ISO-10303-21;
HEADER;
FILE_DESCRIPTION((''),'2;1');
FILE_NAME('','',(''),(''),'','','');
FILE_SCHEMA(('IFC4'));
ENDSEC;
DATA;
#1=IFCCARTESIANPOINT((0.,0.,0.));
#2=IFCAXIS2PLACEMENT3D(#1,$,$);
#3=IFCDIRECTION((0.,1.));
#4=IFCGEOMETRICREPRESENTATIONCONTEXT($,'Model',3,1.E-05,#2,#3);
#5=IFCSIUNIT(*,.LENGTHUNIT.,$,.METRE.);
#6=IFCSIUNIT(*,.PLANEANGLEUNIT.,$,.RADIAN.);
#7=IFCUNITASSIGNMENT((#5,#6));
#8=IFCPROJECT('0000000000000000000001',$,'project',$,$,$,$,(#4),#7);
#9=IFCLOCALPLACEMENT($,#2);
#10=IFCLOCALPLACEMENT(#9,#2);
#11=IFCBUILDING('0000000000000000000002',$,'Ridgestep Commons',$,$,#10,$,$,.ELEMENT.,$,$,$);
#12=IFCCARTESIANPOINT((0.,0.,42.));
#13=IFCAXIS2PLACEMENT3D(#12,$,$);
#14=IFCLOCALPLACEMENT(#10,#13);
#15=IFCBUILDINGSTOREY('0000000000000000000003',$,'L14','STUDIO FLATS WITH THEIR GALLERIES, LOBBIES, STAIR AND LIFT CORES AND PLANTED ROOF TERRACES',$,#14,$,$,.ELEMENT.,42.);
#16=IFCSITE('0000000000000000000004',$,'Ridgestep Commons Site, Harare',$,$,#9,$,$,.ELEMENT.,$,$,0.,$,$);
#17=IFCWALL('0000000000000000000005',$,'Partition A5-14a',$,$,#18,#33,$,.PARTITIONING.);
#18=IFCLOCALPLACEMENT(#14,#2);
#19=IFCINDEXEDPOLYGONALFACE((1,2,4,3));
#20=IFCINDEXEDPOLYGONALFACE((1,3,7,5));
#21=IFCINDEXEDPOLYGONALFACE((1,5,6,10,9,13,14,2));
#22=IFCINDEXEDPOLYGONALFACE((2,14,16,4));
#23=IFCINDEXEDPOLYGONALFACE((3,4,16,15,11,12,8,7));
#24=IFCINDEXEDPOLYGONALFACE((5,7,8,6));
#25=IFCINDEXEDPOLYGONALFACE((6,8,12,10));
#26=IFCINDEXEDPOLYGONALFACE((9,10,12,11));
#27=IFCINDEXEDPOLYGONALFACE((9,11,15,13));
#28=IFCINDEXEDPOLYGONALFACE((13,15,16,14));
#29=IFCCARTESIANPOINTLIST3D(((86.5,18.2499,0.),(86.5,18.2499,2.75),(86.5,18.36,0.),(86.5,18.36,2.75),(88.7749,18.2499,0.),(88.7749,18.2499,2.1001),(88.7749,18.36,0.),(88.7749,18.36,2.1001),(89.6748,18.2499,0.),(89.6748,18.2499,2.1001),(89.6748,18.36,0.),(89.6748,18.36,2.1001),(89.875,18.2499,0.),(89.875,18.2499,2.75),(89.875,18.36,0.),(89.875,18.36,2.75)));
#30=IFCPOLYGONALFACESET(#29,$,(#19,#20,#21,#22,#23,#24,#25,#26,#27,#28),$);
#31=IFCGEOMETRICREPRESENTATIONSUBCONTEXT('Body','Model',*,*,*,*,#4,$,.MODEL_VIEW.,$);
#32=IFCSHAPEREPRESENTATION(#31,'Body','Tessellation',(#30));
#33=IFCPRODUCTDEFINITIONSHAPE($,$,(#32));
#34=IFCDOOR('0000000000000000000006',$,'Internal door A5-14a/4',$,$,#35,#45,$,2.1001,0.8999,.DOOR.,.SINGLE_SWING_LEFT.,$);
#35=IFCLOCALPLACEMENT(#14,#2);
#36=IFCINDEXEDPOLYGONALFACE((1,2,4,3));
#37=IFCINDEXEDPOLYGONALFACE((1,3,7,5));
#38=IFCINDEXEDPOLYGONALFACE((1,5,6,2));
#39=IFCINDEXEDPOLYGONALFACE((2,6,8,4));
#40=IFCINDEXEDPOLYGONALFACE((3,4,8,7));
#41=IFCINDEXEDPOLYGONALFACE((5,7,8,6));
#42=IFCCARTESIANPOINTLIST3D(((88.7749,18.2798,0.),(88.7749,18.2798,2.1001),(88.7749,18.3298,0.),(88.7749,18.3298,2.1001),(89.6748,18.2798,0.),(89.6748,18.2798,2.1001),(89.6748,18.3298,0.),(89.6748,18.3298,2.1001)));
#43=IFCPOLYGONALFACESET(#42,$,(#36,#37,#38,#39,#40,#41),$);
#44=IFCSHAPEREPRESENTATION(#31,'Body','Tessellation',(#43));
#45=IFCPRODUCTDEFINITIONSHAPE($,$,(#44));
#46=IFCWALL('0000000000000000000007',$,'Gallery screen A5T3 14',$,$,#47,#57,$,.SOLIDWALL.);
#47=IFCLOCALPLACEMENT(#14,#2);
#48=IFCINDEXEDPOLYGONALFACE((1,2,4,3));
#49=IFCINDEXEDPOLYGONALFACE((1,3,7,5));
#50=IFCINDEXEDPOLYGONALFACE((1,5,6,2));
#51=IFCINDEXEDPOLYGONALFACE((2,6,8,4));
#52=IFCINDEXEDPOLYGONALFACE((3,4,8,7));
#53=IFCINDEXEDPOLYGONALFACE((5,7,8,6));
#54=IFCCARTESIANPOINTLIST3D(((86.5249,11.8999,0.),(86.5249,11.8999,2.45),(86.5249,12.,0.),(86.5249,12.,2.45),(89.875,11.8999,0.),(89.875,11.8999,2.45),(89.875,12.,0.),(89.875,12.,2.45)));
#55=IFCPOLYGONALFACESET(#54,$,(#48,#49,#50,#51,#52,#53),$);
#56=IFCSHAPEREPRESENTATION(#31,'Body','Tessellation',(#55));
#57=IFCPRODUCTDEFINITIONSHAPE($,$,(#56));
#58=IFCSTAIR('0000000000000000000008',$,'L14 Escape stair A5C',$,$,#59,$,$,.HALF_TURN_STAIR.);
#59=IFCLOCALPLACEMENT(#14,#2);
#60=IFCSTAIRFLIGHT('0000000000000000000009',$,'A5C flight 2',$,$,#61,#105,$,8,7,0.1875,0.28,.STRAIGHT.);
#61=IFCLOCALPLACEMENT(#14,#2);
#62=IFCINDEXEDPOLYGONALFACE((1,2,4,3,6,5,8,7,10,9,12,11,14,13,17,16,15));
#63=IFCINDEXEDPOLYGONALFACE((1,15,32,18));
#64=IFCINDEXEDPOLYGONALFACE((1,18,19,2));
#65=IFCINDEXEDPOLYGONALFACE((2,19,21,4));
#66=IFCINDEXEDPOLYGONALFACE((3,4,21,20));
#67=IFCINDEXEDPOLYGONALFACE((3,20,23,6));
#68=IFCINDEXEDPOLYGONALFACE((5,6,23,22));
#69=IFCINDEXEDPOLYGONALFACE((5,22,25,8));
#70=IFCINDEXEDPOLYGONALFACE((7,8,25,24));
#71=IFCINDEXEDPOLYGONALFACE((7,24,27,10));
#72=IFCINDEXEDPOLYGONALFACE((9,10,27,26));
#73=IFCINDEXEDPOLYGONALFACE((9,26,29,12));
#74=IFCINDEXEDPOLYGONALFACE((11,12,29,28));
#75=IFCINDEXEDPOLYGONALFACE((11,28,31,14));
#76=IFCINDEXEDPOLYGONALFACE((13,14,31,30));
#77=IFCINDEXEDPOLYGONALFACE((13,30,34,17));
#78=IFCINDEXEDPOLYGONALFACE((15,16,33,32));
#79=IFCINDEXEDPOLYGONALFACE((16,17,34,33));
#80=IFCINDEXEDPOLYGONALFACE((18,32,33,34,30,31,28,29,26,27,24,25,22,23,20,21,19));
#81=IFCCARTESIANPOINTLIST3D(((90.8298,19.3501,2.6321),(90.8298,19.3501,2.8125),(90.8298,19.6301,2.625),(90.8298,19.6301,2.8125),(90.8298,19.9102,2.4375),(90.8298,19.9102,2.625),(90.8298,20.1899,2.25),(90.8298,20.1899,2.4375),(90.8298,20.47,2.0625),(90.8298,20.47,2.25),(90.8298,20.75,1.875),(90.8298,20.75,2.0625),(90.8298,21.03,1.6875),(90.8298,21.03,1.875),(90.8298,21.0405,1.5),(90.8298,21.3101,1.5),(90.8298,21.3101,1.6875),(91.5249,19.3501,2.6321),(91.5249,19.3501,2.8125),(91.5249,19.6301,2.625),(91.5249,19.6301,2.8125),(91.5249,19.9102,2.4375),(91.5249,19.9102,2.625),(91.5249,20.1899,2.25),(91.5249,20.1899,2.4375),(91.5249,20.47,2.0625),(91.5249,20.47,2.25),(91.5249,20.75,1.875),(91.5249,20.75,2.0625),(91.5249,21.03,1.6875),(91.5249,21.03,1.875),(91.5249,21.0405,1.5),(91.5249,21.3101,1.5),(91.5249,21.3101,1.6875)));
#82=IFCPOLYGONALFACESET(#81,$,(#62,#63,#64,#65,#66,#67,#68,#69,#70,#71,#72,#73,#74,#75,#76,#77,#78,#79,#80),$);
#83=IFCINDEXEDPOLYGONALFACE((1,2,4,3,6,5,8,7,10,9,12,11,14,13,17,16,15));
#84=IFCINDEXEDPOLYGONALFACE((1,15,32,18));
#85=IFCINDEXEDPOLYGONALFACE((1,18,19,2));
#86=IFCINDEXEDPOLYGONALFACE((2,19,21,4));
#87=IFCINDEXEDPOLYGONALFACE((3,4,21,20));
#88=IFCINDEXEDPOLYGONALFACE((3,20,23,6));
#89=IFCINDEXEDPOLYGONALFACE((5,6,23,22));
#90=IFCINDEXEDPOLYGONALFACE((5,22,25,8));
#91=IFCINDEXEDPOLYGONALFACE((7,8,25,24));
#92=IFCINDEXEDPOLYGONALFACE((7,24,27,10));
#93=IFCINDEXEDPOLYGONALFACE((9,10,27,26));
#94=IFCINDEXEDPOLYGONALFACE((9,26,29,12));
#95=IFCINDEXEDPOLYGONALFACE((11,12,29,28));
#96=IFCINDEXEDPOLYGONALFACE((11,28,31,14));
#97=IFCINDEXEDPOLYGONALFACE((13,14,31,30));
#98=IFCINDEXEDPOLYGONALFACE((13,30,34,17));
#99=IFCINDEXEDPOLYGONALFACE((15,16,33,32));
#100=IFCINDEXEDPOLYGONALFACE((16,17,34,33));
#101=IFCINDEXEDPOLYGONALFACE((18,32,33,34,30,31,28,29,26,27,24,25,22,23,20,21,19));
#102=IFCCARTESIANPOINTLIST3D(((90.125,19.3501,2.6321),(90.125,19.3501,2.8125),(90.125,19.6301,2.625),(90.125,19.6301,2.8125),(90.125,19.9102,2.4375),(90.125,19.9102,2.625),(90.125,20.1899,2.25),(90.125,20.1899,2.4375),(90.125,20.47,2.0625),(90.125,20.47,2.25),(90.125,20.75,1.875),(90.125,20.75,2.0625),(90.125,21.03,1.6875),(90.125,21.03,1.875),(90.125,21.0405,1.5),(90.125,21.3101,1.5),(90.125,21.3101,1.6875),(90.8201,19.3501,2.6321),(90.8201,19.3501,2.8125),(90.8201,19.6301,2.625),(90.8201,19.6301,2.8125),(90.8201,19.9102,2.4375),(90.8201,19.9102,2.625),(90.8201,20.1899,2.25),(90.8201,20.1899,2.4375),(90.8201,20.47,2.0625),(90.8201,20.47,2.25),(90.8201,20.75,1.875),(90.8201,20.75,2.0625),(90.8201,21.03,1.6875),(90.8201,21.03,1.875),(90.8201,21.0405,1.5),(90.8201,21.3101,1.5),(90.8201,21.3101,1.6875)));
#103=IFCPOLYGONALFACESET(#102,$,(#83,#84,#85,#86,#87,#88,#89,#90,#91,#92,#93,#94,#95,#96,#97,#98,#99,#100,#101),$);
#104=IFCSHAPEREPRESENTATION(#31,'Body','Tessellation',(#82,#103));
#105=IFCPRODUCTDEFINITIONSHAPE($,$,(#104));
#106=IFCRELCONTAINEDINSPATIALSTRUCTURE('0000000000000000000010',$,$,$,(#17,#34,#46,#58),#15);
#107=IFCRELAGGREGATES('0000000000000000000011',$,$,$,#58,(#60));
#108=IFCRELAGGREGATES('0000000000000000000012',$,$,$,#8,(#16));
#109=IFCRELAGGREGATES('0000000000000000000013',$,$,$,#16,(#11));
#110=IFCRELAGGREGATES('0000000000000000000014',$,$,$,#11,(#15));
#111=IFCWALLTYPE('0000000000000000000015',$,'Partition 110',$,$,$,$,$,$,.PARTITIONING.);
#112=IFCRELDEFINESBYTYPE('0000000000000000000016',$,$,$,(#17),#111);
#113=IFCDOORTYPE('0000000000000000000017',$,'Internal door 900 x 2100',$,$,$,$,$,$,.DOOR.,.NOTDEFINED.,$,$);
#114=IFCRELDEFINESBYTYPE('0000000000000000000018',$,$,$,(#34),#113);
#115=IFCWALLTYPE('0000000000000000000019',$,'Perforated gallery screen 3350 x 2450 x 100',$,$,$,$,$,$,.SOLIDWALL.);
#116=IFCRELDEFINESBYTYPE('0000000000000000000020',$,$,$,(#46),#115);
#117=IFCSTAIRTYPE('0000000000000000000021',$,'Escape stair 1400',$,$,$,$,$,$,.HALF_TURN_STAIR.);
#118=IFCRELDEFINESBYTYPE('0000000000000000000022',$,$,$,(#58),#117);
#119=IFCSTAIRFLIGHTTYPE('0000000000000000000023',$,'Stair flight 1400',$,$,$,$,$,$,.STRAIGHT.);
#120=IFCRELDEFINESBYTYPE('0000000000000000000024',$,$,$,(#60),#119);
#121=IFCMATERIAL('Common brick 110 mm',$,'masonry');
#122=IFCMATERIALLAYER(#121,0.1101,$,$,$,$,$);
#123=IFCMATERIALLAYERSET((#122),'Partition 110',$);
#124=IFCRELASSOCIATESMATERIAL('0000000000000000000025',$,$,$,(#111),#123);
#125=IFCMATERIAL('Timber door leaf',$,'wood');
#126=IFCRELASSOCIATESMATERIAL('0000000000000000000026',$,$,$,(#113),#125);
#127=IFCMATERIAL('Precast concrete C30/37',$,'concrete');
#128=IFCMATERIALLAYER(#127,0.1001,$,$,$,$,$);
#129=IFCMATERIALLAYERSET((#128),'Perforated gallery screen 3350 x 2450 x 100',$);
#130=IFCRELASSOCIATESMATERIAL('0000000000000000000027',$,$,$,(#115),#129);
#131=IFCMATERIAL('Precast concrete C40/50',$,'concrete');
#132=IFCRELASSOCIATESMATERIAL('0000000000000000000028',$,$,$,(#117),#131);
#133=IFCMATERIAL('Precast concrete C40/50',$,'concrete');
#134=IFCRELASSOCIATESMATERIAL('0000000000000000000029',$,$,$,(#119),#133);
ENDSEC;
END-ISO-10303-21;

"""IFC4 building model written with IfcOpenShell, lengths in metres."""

from ifc_helpers import new_model, si_unit, direction, frame, frame_2d, origin, place, context, subcontext, project, spatial, polyline, rectangle, outline, extrude, material, layer, layer_set, type_object, element, fill, aggregate, save


model = new_model("IFC4")

# Units and contexts
model_context = context("Model", 3, precision=1e-05, world=origin(), true_north=direction((0.0, 1.0)))
body_context = subcontext(model_context, "Body", "Model", "MODEL_VIEW")
ifc_project = project(units=[si_unit("LENGTHUNIT", "METRE"), si_unit("PLANEANGLEUNIT", "RADIAN")], contexts=[model_context])

# Site, building, storey
site_placement = place(None, origin())
site = spatial("IfcSite", under=ifc_project, at=site_placement, Name="Ridgestep Commons Site, Harare", CompositionType="ELEMENT", RefElevation=0.0)
building_placement = place(site_placement, origin())
building = spatial("IfcBuilding", under=site, at=building_placement, Name="Ridgestep Commons", CompositionType="ELEMENT")
storey_placement = place(building_placement, frame((0.0, 0.0, 42.0)))
storey = spatial("IfcBuildingStorey", under=building, at=storey_placement, Name="L14", Description="STUDIO FLATS WITH THEIR GALLERIES, LOBBIES, STAIR AND LIFT CORES AND PLANTED ROOF TERRACES", CompositionType="ELEMENT", Elevation=42.0)

# Shared definitions
ifc_material_1 = material(Name="Common brick 110 mm", Category="masonry")
ifc_layer_1 = layer(ifc_material_1, 0.1101)
ifc_layer_set_1 = layer_set([ifc_layer_1], Name="Partition 110")
wall_type_1 = type_object("IfcWallType", Name="Partition 110", PredefinedType="PARTITIONING", material=ifc_layer_set_1)

# Wall, opening, door
wall_1_placement = place(storey_placement, frame((86.5, 18.3049, 0.0), z_axis=(0.0, 0.0, 1.0), x_axis=(1.0, 0.0, 0.0)))
wall_1 = element("IfcWall", 1, at=wall_1_placement, inside=storey, type_object=wall_type_1, Name="Partition A5-14a", PredefinedType="PARTITIONING", context=body_context, shape_type="SweptSolid", body=[
    extrude(rectangle(XDim=3.375, YDim=0.1101, at=frame_2d((1.6875, 0.0))), origin(), (0.0, 0.0, 1.0), 2.75),
])
opening_1_placement = place(wall_1_placement, frame((2.2749, 0.0, 0.0)))
opening_1 = element("IfcOpeningElement", 2, at=opening_1_placement, cuts=wall_1, PredefinedType="OPENING", context=body_context, shape_type="SweptSolid", body=[
    extrude(rectangle(XDim=0.8999, YDim=2.1001, at=frame_2d((0.45, 1.05))), frame((0.0, 0.0649, 0.0), z_axis=(0.0, -1.0, 0.0), x_axis=(1.0, 0.0, 0.0)), (0.0, 0.0, 1.0), 0.1301),
])
ifc_material_2 = material(Name="Timber door leaf", Category="wood")
door_type_1 = type_object("IfcDoorType", Name="Internal door 900 x 2100", OperationType="NOTDEFINED", PredefinedType="DOOR", material=ifc_material_2)
door_1_placement = place(opening_1_placement, origin())
door_1 = element("IfcDoor", 3, at=door_1_placement, inside=storey, type_object=door_type_1, Name="Internal door A5-14a/4", OperationType="SINGLE_SWING_LEFT", OverallHeight=2.1001, OverallWidth=0.8999, PredefinedType="DOOR", context=body_context, shape_type="SweptSolid", body=[
    extrude(rectangle(XDim=0.8999, YDim=2.1001, at=frame_2d((0.45, 1.05))), frame((0.0, 0.0249, 0.0), z_axis=(0.0, -1.0, 0.0), x_axis=(1.0, 0.0, 0.0)), (0.0, 0.0, 1.0), 0.05),
])
fill(opening_1, door_1)

# Wall
ifc_material_3 = material(Name="Precast concrete C30/37", Category="concrete")
ifc_layer_2 = layer(ifc_material_3, 0.1001)
ifc_layer_set_2 = layer_set([ifc_layer_2], Name="Perforated gallery screen 3350 x 2450 x 100")
wall_type_2 = type_object("IfcWallType", Name="Perforated gallery screen 3350 x 2450 x 100", PredefinedType="SOLIDWALL", material=ifc_layer_set_2)
wall_2_placement = place(storey_placement, frame((86.5249, 11.95, 0.0), z_axis=(0.0, 0.0, 1.0), x_axis=(1.0, 0.0, 0.0)))
element("IfcWall", 4, at=wall_2_placement, inside=storey, type_object=wall_type_2, Name="Gallery screen A5T3 14", PredefinedType="SOLIDWALL", context=body_context, shape_type="SweptSolid", body=[
    extrude(rectangle(XDim=3.3501, YDim=0.1001, at=frame_2d((1.675, 0.0))), origin(), (0.0, 0.0, 1.0), 2.45),
])

# Stair, stair flight
ifc_material_4 = material(Name="Precast concrete C40/50", Category="concrete")
stair_type = type_object("IfcStairType", Name="Escape stair 1400", PredefinedType="HALF_TURN_STAIR", material=ifc_material_4)
stair_placement = place(storey_placement, origin())
stair = element("IfcStair", 5, at=stair_placement, inside=storey, type_object=stair_type, Name="L14 Escape stair A5C", PredefinedType="HALF_TURN_STAIR")
ifc_material_5 = material(Name="Precast concrete C40/50", Category="concrete")
stair_flight_type = type_object("IfcStairFlightType", Name="Stair flight 1400", PredefinedType="STRAIGHT", material=ifc_material_5)
stair_flight_placement = place(storey_placement, frame((90.825, 21.3101, 1.5), z_axis=(0.0, 0.0, 1.0), x_axis=(0.0, -1.0, 0.0)))
stair_flight = element("IfcStairFlight", 6, at=stair_flight_placement, type_object=stair_flight_type, Name="A5C flight 2", NumberOfRisers=8, NumberOfTreads=7, PredefinedType="STRAIGHT", RiserHeight=0.1875, TreadLength=0.28, context=body_context, shape_type="SweptSolid", body=[
    extrude(outline(polyline([(0.0, 0.0), (0.0, 0.1875), (0.28, 0.1875), (0.28, 0.375), (0.5601, 0.375), (0.5601, 0.5625), (0.8401, 0.5625), (0.8401, 0.75), (1.1201, 0.75), (1.1201, 0.9375), (1.3999, 0.9375), (1.3999, 1.125), (1.6799, 1.125), (1.6799, 1.3125), (1.96, 1.3125), (1.96, 1.5), (1.96, 1.1321), (0.2695, 0.0), (0.0, 0.0)])), frame((0.0, 0.7, 0.0), z_axis=(0.0, -1.0, 0.0), x_axis=(1.0, 0.0, 0.0)), (0.0, 0.0, 1.0), 0.6951),
    extrude(outline(polyline([(0.0, 0.0), (0.0, 0.1875), (0.28, 0.1875), (0.28, 0.375), (0.5601, 0.375), (0.5601, 0.5625), (0.8401, 0.5625), (0.8401, 0.75), (1.1201, 0.75), (1.1201, 0.9375), (1.3999, 0.9375), (1.3999, 1.125), (1.6799, 1.125), (1.6799, 1.3125), (1.96, 1.3125), (1.96, 1.5), (1.96, 1.1321), (0.2695, 0.0), (0.0, 0.0)])), frame((0.0, -0.0049, 0.0), z_axis=(0.0, -1.0, 0.0), x_axis=(1.0, 0.0, 0.0)), (0.0, 0.0, 1.0), 0.6951),
])
aggregate(stair, [stair_flight])

save(model, "model.ifc")
